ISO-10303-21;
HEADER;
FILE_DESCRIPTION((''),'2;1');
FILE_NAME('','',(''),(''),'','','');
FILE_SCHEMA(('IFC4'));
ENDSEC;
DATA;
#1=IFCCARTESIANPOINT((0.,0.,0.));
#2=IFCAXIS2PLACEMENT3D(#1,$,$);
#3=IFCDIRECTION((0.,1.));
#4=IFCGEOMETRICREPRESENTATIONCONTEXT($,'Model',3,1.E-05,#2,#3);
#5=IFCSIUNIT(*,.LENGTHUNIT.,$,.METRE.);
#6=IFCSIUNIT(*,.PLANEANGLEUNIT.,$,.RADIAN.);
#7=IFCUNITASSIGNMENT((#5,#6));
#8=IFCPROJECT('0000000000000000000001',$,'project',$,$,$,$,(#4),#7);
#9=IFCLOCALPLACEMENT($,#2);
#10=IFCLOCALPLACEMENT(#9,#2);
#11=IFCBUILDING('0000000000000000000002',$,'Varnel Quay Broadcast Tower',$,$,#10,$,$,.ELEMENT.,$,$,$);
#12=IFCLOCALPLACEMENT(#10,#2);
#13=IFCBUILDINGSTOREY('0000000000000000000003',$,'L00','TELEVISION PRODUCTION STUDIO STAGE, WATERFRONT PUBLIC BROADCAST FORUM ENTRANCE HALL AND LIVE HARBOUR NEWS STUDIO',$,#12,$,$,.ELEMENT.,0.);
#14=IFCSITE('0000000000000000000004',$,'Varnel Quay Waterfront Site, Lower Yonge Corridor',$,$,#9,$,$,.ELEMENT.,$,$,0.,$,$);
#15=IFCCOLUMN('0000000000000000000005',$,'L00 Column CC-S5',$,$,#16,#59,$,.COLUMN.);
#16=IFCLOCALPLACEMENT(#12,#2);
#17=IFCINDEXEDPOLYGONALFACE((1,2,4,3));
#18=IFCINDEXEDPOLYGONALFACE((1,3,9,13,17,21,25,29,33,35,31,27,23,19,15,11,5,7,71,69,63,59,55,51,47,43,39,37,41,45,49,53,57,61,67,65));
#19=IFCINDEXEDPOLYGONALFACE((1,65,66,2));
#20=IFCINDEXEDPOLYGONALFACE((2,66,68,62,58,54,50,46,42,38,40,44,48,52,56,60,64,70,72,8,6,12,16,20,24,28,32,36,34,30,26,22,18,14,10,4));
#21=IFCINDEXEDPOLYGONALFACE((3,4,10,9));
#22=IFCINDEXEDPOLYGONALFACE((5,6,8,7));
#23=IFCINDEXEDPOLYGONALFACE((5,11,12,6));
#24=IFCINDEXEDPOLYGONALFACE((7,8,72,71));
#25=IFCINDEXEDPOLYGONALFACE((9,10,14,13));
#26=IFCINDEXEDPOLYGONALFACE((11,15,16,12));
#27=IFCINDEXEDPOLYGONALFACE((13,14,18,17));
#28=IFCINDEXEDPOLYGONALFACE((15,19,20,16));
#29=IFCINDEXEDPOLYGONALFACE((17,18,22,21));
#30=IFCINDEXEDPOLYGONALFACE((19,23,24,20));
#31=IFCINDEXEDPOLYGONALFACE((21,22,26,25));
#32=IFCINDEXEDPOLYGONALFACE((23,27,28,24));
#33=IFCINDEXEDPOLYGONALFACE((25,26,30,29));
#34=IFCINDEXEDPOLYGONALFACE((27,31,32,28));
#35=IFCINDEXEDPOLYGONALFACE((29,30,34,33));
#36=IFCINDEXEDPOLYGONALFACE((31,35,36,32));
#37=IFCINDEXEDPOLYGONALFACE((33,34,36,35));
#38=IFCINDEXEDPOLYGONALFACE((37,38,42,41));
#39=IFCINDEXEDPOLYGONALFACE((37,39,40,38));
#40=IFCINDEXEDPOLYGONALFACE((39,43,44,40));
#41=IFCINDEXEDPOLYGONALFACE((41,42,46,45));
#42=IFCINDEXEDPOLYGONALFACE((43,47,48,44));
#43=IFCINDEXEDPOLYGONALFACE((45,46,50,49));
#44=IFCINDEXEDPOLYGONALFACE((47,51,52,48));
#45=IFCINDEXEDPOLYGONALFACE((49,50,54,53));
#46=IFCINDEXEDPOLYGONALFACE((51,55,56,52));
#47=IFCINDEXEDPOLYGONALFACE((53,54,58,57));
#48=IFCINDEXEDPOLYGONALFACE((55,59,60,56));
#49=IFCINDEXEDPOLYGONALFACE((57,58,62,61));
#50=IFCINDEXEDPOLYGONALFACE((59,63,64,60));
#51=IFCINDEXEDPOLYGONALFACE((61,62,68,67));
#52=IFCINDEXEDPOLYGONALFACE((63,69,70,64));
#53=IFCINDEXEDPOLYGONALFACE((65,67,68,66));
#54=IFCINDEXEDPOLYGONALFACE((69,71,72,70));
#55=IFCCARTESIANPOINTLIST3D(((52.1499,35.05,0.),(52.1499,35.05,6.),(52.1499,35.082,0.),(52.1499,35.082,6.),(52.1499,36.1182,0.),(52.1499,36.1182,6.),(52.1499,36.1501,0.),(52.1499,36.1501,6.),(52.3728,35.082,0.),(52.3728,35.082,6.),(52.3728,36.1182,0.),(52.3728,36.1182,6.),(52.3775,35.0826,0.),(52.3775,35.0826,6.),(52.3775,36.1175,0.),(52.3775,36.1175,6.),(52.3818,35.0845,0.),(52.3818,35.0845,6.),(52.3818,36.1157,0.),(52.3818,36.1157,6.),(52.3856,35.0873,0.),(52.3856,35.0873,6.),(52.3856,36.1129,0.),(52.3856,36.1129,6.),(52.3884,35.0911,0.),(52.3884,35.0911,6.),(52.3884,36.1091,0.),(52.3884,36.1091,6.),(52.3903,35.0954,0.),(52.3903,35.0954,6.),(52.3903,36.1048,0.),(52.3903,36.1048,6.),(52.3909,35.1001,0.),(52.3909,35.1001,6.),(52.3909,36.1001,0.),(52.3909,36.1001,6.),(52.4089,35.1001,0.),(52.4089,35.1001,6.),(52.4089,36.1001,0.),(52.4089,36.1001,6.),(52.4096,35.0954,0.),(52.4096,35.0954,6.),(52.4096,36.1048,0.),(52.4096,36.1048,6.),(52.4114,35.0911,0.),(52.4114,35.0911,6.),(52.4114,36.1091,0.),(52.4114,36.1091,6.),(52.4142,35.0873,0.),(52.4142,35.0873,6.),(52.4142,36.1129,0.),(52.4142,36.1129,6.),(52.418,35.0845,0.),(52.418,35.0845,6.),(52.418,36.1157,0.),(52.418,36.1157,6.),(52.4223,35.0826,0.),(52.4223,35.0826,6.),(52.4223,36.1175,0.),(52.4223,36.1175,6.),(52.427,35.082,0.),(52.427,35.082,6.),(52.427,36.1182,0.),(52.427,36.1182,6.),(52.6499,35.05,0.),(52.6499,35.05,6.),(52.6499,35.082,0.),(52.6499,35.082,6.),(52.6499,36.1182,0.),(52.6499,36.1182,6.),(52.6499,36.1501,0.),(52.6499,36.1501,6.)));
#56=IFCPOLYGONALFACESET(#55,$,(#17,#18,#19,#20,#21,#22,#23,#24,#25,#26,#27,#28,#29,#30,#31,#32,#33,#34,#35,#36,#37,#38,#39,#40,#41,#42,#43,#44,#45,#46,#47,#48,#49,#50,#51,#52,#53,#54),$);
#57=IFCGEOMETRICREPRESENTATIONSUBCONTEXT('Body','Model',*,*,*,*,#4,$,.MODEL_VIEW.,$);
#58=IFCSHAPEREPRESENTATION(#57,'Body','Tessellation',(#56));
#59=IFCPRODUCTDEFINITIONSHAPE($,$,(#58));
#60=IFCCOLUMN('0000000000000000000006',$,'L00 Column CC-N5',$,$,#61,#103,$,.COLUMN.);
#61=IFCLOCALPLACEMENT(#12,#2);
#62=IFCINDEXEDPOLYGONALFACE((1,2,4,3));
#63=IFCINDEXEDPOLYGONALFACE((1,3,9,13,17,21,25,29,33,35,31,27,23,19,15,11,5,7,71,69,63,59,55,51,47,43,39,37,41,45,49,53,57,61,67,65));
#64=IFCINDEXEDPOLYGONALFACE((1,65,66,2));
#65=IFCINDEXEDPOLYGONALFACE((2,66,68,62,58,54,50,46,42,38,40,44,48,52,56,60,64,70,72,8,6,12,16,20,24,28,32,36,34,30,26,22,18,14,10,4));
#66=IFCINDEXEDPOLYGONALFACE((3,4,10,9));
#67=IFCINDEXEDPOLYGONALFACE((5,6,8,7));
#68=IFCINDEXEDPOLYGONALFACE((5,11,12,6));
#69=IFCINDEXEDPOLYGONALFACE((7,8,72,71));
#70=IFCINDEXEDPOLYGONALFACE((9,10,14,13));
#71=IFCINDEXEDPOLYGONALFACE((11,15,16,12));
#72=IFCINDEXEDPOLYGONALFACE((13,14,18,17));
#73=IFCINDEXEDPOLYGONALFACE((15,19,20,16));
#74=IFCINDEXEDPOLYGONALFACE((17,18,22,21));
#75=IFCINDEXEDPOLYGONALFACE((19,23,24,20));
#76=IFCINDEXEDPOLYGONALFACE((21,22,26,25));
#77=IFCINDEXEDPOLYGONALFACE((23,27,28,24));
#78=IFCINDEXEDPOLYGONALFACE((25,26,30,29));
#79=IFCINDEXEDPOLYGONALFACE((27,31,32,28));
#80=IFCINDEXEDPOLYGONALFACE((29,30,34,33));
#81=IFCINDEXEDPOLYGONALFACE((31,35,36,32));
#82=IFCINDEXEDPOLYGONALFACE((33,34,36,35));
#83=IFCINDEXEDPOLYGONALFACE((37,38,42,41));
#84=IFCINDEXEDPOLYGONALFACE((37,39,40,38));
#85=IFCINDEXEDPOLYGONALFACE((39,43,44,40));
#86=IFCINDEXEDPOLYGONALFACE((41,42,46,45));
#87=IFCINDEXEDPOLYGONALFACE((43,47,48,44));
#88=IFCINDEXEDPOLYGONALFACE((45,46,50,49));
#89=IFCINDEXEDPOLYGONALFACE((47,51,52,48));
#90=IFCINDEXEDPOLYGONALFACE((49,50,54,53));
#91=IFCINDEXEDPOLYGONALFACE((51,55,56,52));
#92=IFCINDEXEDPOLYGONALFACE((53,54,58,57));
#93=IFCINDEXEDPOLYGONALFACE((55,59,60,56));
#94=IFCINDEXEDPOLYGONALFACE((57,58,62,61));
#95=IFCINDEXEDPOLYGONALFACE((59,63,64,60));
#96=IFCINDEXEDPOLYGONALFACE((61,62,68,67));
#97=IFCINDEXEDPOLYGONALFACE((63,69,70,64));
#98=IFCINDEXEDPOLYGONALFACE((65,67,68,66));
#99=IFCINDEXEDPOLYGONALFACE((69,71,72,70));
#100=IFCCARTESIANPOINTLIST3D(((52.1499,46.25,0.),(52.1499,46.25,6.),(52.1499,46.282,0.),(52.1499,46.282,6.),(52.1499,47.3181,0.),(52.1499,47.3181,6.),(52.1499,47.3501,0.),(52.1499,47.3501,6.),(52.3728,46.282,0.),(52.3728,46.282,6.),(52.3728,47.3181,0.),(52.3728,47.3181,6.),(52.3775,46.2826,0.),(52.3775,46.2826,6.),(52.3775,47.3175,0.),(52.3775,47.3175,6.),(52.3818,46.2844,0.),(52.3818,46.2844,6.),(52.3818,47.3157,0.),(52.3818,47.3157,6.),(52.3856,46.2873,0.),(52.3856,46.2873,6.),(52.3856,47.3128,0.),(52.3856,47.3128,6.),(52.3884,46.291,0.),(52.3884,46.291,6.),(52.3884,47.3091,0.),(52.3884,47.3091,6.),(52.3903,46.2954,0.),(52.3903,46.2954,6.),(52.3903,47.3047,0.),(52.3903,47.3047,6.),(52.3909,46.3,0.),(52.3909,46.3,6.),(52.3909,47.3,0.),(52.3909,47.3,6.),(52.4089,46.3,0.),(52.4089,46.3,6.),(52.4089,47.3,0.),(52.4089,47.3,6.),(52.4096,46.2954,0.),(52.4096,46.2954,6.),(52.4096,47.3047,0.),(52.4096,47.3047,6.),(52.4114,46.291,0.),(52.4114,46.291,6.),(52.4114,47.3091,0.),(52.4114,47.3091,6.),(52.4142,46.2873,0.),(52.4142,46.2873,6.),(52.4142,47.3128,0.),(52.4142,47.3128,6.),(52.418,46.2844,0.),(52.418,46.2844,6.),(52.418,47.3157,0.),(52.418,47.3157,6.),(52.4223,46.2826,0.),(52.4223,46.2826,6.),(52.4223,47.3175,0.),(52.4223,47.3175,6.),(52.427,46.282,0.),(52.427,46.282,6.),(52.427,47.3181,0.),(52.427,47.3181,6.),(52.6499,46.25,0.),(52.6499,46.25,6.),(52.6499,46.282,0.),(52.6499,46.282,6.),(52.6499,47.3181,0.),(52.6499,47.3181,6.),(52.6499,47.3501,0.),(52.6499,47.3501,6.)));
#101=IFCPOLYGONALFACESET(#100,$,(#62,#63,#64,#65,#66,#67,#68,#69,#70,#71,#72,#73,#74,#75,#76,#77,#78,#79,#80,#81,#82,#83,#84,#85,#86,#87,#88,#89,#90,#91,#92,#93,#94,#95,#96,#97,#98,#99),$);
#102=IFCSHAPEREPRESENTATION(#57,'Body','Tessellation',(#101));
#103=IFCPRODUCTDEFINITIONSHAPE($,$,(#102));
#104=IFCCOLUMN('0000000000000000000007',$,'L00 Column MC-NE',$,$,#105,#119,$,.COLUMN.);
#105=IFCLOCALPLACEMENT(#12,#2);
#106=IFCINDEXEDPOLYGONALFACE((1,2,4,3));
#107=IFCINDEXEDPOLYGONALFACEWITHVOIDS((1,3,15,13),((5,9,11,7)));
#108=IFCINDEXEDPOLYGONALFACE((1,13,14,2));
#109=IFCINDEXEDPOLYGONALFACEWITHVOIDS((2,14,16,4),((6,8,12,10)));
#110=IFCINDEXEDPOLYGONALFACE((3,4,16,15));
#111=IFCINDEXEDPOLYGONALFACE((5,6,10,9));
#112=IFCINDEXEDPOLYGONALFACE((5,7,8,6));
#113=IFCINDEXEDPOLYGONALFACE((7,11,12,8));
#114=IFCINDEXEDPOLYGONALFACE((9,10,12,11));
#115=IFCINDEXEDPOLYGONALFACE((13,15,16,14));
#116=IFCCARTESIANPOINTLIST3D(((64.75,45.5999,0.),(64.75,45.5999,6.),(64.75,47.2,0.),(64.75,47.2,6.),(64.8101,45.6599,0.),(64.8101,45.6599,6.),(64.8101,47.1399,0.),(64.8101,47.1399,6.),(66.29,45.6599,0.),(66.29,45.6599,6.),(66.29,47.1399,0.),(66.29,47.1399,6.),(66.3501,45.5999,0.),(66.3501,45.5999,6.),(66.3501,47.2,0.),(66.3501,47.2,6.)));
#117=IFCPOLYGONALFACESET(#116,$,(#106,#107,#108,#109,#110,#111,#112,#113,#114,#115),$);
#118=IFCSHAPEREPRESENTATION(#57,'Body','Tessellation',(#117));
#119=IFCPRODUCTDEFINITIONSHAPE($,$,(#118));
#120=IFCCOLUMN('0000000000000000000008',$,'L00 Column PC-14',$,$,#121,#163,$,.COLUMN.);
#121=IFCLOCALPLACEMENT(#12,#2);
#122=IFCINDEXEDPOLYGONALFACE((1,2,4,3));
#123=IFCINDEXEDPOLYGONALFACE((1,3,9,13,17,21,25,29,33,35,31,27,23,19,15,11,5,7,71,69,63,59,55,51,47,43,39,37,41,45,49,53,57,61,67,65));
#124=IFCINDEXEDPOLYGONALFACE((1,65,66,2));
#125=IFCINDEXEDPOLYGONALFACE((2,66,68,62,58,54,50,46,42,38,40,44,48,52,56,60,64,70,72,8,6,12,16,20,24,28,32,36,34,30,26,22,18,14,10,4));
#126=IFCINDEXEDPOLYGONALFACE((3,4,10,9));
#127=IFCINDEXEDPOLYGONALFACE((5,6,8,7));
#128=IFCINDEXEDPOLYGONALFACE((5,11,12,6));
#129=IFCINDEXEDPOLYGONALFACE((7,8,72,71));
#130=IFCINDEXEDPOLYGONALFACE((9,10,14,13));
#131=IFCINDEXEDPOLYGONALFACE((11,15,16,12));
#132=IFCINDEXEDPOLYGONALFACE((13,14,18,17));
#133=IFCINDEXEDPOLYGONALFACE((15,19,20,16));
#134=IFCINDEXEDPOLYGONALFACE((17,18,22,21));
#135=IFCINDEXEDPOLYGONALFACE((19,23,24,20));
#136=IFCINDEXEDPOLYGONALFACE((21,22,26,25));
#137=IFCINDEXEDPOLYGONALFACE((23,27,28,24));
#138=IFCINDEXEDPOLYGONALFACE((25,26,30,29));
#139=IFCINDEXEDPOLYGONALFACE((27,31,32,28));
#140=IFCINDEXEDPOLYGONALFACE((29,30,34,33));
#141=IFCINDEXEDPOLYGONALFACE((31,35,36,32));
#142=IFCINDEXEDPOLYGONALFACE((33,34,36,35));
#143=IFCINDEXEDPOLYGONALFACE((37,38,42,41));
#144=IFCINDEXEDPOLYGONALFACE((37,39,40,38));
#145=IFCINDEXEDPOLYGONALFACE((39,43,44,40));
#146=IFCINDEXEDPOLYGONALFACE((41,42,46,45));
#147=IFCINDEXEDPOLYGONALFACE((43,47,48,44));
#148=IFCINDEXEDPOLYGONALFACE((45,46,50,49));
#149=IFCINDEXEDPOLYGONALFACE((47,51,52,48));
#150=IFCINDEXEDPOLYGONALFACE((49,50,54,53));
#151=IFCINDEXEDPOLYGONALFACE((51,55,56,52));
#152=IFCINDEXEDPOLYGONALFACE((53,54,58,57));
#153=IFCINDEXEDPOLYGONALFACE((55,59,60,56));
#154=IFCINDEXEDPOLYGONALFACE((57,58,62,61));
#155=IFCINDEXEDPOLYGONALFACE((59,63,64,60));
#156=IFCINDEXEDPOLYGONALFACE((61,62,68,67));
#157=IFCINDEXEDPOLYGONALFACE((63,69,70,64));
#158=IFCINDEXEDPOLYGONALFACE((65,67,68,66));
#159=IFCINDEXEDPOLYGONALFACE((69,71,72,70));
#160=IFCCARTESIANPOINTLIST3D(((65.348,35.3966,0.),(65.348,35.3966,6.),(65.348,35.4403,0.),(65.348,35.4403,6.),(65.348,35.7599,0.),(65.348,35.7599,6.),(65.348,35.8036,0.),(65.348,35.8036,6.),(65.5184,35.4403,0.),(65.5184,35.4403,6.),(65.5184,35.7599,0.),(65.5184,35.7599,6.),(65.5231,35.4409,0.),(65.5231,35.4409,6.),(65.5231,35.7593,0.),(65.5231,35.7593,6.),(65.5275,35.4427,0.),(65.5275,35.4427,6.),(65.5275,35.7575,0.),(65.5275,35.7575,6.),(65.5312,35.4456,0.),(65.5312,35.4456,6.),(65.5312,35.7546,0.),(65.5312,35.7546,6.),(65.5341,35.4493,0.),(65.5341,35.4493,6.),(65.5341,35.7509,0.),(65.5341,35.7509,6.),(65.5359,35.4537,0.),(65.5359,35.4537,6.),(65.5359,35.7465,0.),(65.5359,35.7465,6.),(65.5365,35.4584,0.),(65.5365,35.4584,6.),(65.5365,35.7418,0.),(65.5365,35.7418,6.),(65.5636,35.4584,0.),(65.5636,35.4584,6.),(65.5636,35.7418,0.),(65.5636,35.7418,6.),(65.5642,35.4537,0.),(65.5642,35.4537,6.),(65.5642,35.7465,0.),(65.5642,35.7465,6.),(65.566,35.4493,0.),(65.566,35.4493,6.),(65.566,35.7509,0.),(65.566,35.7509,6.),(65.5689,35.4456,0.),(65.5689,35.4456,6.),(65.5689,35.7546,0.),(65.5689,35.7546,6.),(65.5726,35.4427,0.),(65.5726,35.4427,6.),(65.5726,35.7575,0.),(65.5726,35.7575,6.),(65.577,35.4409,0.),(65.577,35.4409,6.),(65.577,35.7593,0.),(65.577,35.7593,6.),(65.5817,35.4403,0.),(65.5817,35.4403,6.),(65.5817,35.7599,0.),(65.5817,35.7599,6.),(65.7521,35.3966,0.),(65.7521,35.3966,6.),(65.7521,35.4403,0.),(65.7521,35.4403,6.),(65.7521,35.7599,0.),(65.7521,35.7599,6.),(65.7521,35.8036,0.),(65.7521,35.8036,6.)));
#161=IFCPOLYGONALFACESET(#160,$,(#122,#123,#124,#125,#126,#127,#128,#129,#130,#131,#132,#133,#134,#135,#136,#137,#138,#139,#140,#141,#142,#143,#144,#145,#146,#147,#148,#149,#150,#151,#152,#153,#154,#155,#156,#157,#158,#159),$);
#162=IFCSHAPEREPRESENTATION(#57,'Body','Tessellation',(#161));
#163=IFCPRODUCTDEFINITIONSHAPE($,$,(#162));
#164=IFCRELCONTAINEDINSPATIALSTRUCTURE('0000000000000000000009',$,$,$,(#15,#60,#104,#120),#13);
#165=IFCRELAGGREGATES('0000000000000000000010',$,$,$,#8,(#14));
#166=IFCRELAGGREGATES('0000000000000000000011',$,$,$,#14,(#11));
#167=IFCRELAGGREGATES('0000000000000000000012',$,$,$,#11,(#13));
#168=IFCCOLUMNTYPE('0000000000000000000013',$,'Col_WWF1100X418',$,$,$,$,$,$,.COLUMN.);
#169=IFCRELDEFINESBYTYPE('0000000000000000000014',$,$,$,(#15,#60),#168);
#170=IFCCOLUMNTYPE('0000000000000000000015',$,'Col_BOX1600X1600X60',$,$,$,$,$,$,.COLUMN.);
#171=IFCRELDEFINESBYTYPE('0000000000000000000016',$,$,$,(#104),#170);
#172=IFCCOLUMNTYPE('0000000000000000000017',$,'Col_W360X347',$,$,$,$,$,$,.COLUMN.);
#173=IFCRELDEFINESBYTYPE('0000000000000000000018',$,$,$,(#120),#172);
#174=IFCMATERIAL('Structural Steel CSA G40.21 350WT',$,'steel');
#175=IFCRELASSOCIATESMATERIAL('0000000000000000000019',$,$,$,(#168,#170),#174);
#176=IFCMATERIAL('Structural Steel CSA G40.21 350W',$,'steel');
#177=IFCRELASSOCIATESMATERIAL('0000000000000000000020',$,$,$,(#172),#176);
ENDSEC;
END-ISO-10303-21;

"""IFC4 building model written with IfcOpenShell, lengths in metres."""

from ifc_helpers import new_model, si_unit, direction, frame, origin, origin_2d, place, context, subcontext, project, spatial, hollow_rectangle, i_section, extrude, source, transform, mapped, material, material_profile, profile_set, type_object, type_shapes, element, save


model = new_model("IFC4")

# Units and contexts
model_context = context("Model", 3, precision=1e-05, world=origin(), true_north=direction((0.0, 1.0)))
body_context = subcontext(model_context, "Body", "Model", "MODEL_VIEW")
ifc_project = project(units=[si_unit("LENGTHUNIT", "METRE"), si_unit("PLANEANGLEUNIT", "RADIAN")], contexts=[model_context])

# Site, building, storey
site_placement = place(None, origin())
site = spatial("IfcSite", under=ifc_project, at=site_placement, Name="Varnel Quay Waterfront Site, Lower Yonge Corridor", CompositionType="ELEMENT", RefElevation=0.0)
building_placement = place(site_placement, origin())
building = spatial("IfcBuilding", under=site, at=building_placement, Name="Varnel Quay Broadcast Tower", CompositionType="ELEMENT")
storey_placement = place(building_placement, origin())
storey = spatial("IfcBuildingStorey", under=building, at=storey_placement, Name="L00", Description="TELEVISION PRODUCTION STUDIO STAGE, WATERFRONT PUBLIC BROADCAST FORUM ENTRANCE HALL AND LIVE HARBOUR NEWS STUDIO", CompositionType="ELEMENT", Elevation=0.0)

# Columns
ifc_material_1 = material(Name="Structural Steel CSA G40.21 350WT", Category="steel")
ifc_material_profile_1 = material_profile(ifc_material_1, i_section(OverallWidth=0.5, OverallDepth=1.1001, WebThickness=0.0181, FlangeThickness=0.032, FilletRadius=0.0181, at=origin_2d()), Name="WWF1100X418")
ifc_profile_set_1 = profile_set([ifc_material_profile_1], Name="Structural Steel CSA G40.21 350WT")
column_type_1 = type_object("IfcColumnType", Name="Col_WWF1100X418", PredefinedType="COLUMN", material=ifc_profile_set_1)
shared_shape_1 = source(origin(), body_context, "Body", "SweptSolid", [
    extrude(i_section(OverallWidth=0.5, OverallDepth=1.1001, WebThickness=0.0181, FlangeThickness=0.032, FilletRadius=0.0181, at=origin_2d()), origin(), (0.0, 0.0, 1.0), 6.0),
])
type_shapes(column_type_1, [shared_shape_1])
for number, where, z_axis, x_axis, name in (
    (1, (52.3999, 35.6001, 0.0), (0.0, 0.0, 1.0), (1.0, 0.0, 0.0), "L00 Column CC-S5"),
    (2, (52.3999, 46.8, 0.0), (0.0, 0.0, 1.0), (1.0, 0.0, 0.0), "L00 Column CC-N5"),
):
    element("IfcColumn", number, at=place(storey_placement, frame(where, z_axis=z_axis, x_axis=x_axis)), inside=storey, type_object=column_type_1, Name=name, PredefinedType="COLUMN", context=body_context, shape_type="MappedRepresentation", body=[
        mapped(shared_shape_1, transform((0.0, 0.0, 0.0), x_axis=(1.0, 0.0, 0.0), y_axis=(0.0, 1.0, 0.0), z_axis=(0.0, 0.0, 1.0), scale=1.0)),
    ])
ifc_material_profile_2 = material_profile(ifc_material_1, hollow_rectangle(XDim=1.6001, YDim=1.6001, WallThickness=0.0601, at=origin_2d()), Name="BOX1600X1600X60")
ifc_profile_set_2 = profile_set([ifc_material_profile_2], Name="Structural Steel CSA G40.21 350WT")
column_type_2 = type_object("IfcColumnType", Name="Col_BOX1600X1600X60", PredefinedType="COLUMN", material=ifc_profile_set_2)
shared_shape_2 = source(origin(), body_context, "Body", "SweptSolid", [
    extrude(hollow_rectangle(XDim=1.6001, YDim=1.6001, WallThickness=0.0601, at=origin_2d()), origin(), (0.0, 0.0, 1.0), 6.0),
])
type_shapes(column_type_2, [shared_shape_2])
column_1_placement = place(storey_placement, frame((65.55, 46.3999, 0.0), z_axis=(0.0, 0.0, 1.0), x_axis=(1.0, 0.0, 0.0)))
element("IfcColumn", 3, at=column_1_placement, inside=storey, type_object=column_type_2, Name="L00 Column MC-NE", PredefinedType="COLUMN", context=body_context, shape_type="MappedRepresentation", body=[
    mapped(shared_shape_2, transform((0.0, 0.0, 0.0), x_axis=(1.0, 0.0, 0.0), y_axis=(0.0, 1.0, 0.0), z_axis=(0.0, 0.0, 1.0), scale=1.0)),
])
ifc_material_2 = material(Name="Structural Steel CSA G40.21 350W", Category="steel")
ifc_material_profile_3 = material_profile(ifc_material_2, i_section(OverallWidth=0.4041, OverallDepth=0.407, WebThickness=0.0271, FlangeThickness=0.0437, FilletRadius=0.0181, at=origin_2d()), Name="W360X347")
ifc_profile_set_3 = profile_set([ifc_material_profile_3], Name="Structural Steel CSA G40.21 350W")
column_type_3 = type_object("IfcColumnType", Name="Col_W360X347", PredefinedType="COLUMN", material=ifc_profile_set_3)
shared_shape_3 = source(origin(), body_context, "Body", "SweptSolid", [
    extrude(i_section(OverallWidth=0.4041, OverallDepth=0.407, WebThickness=0.0271, FlangeThickness=0.0437, FilletRadius=0.0181, at=origin_2d()), origin(), (0.0, 0.0, 1.0), 6.0),
])
type_shapes(column_type_3, [shared_shape_3])
column_2_placement = place(storey_placement, frame((65.55, 35.6001, 0.0), z_axis=(0.0, 0.0, 1.0), x_axis=(1.0, 0.0, 0.0)))
element("IfcColumn", 4, at=column_2_placement, inside=storey, type_object=column_type_3, Name="L00 Column PC-14", PredefinedType="COLUMN", context=body_context, shape_type="MappedRepresentation", body=[
    mapped(shared_shape_3, transform((0.0, 0.0, 0.0), x_axis=(1.0, 0.0, 0.0), y_axis=(0.0, 1.0, 0.0), z_axis=(0.0, 0.0, 1.0), scale=1.0)),
])

save(model, "model.ifc")
